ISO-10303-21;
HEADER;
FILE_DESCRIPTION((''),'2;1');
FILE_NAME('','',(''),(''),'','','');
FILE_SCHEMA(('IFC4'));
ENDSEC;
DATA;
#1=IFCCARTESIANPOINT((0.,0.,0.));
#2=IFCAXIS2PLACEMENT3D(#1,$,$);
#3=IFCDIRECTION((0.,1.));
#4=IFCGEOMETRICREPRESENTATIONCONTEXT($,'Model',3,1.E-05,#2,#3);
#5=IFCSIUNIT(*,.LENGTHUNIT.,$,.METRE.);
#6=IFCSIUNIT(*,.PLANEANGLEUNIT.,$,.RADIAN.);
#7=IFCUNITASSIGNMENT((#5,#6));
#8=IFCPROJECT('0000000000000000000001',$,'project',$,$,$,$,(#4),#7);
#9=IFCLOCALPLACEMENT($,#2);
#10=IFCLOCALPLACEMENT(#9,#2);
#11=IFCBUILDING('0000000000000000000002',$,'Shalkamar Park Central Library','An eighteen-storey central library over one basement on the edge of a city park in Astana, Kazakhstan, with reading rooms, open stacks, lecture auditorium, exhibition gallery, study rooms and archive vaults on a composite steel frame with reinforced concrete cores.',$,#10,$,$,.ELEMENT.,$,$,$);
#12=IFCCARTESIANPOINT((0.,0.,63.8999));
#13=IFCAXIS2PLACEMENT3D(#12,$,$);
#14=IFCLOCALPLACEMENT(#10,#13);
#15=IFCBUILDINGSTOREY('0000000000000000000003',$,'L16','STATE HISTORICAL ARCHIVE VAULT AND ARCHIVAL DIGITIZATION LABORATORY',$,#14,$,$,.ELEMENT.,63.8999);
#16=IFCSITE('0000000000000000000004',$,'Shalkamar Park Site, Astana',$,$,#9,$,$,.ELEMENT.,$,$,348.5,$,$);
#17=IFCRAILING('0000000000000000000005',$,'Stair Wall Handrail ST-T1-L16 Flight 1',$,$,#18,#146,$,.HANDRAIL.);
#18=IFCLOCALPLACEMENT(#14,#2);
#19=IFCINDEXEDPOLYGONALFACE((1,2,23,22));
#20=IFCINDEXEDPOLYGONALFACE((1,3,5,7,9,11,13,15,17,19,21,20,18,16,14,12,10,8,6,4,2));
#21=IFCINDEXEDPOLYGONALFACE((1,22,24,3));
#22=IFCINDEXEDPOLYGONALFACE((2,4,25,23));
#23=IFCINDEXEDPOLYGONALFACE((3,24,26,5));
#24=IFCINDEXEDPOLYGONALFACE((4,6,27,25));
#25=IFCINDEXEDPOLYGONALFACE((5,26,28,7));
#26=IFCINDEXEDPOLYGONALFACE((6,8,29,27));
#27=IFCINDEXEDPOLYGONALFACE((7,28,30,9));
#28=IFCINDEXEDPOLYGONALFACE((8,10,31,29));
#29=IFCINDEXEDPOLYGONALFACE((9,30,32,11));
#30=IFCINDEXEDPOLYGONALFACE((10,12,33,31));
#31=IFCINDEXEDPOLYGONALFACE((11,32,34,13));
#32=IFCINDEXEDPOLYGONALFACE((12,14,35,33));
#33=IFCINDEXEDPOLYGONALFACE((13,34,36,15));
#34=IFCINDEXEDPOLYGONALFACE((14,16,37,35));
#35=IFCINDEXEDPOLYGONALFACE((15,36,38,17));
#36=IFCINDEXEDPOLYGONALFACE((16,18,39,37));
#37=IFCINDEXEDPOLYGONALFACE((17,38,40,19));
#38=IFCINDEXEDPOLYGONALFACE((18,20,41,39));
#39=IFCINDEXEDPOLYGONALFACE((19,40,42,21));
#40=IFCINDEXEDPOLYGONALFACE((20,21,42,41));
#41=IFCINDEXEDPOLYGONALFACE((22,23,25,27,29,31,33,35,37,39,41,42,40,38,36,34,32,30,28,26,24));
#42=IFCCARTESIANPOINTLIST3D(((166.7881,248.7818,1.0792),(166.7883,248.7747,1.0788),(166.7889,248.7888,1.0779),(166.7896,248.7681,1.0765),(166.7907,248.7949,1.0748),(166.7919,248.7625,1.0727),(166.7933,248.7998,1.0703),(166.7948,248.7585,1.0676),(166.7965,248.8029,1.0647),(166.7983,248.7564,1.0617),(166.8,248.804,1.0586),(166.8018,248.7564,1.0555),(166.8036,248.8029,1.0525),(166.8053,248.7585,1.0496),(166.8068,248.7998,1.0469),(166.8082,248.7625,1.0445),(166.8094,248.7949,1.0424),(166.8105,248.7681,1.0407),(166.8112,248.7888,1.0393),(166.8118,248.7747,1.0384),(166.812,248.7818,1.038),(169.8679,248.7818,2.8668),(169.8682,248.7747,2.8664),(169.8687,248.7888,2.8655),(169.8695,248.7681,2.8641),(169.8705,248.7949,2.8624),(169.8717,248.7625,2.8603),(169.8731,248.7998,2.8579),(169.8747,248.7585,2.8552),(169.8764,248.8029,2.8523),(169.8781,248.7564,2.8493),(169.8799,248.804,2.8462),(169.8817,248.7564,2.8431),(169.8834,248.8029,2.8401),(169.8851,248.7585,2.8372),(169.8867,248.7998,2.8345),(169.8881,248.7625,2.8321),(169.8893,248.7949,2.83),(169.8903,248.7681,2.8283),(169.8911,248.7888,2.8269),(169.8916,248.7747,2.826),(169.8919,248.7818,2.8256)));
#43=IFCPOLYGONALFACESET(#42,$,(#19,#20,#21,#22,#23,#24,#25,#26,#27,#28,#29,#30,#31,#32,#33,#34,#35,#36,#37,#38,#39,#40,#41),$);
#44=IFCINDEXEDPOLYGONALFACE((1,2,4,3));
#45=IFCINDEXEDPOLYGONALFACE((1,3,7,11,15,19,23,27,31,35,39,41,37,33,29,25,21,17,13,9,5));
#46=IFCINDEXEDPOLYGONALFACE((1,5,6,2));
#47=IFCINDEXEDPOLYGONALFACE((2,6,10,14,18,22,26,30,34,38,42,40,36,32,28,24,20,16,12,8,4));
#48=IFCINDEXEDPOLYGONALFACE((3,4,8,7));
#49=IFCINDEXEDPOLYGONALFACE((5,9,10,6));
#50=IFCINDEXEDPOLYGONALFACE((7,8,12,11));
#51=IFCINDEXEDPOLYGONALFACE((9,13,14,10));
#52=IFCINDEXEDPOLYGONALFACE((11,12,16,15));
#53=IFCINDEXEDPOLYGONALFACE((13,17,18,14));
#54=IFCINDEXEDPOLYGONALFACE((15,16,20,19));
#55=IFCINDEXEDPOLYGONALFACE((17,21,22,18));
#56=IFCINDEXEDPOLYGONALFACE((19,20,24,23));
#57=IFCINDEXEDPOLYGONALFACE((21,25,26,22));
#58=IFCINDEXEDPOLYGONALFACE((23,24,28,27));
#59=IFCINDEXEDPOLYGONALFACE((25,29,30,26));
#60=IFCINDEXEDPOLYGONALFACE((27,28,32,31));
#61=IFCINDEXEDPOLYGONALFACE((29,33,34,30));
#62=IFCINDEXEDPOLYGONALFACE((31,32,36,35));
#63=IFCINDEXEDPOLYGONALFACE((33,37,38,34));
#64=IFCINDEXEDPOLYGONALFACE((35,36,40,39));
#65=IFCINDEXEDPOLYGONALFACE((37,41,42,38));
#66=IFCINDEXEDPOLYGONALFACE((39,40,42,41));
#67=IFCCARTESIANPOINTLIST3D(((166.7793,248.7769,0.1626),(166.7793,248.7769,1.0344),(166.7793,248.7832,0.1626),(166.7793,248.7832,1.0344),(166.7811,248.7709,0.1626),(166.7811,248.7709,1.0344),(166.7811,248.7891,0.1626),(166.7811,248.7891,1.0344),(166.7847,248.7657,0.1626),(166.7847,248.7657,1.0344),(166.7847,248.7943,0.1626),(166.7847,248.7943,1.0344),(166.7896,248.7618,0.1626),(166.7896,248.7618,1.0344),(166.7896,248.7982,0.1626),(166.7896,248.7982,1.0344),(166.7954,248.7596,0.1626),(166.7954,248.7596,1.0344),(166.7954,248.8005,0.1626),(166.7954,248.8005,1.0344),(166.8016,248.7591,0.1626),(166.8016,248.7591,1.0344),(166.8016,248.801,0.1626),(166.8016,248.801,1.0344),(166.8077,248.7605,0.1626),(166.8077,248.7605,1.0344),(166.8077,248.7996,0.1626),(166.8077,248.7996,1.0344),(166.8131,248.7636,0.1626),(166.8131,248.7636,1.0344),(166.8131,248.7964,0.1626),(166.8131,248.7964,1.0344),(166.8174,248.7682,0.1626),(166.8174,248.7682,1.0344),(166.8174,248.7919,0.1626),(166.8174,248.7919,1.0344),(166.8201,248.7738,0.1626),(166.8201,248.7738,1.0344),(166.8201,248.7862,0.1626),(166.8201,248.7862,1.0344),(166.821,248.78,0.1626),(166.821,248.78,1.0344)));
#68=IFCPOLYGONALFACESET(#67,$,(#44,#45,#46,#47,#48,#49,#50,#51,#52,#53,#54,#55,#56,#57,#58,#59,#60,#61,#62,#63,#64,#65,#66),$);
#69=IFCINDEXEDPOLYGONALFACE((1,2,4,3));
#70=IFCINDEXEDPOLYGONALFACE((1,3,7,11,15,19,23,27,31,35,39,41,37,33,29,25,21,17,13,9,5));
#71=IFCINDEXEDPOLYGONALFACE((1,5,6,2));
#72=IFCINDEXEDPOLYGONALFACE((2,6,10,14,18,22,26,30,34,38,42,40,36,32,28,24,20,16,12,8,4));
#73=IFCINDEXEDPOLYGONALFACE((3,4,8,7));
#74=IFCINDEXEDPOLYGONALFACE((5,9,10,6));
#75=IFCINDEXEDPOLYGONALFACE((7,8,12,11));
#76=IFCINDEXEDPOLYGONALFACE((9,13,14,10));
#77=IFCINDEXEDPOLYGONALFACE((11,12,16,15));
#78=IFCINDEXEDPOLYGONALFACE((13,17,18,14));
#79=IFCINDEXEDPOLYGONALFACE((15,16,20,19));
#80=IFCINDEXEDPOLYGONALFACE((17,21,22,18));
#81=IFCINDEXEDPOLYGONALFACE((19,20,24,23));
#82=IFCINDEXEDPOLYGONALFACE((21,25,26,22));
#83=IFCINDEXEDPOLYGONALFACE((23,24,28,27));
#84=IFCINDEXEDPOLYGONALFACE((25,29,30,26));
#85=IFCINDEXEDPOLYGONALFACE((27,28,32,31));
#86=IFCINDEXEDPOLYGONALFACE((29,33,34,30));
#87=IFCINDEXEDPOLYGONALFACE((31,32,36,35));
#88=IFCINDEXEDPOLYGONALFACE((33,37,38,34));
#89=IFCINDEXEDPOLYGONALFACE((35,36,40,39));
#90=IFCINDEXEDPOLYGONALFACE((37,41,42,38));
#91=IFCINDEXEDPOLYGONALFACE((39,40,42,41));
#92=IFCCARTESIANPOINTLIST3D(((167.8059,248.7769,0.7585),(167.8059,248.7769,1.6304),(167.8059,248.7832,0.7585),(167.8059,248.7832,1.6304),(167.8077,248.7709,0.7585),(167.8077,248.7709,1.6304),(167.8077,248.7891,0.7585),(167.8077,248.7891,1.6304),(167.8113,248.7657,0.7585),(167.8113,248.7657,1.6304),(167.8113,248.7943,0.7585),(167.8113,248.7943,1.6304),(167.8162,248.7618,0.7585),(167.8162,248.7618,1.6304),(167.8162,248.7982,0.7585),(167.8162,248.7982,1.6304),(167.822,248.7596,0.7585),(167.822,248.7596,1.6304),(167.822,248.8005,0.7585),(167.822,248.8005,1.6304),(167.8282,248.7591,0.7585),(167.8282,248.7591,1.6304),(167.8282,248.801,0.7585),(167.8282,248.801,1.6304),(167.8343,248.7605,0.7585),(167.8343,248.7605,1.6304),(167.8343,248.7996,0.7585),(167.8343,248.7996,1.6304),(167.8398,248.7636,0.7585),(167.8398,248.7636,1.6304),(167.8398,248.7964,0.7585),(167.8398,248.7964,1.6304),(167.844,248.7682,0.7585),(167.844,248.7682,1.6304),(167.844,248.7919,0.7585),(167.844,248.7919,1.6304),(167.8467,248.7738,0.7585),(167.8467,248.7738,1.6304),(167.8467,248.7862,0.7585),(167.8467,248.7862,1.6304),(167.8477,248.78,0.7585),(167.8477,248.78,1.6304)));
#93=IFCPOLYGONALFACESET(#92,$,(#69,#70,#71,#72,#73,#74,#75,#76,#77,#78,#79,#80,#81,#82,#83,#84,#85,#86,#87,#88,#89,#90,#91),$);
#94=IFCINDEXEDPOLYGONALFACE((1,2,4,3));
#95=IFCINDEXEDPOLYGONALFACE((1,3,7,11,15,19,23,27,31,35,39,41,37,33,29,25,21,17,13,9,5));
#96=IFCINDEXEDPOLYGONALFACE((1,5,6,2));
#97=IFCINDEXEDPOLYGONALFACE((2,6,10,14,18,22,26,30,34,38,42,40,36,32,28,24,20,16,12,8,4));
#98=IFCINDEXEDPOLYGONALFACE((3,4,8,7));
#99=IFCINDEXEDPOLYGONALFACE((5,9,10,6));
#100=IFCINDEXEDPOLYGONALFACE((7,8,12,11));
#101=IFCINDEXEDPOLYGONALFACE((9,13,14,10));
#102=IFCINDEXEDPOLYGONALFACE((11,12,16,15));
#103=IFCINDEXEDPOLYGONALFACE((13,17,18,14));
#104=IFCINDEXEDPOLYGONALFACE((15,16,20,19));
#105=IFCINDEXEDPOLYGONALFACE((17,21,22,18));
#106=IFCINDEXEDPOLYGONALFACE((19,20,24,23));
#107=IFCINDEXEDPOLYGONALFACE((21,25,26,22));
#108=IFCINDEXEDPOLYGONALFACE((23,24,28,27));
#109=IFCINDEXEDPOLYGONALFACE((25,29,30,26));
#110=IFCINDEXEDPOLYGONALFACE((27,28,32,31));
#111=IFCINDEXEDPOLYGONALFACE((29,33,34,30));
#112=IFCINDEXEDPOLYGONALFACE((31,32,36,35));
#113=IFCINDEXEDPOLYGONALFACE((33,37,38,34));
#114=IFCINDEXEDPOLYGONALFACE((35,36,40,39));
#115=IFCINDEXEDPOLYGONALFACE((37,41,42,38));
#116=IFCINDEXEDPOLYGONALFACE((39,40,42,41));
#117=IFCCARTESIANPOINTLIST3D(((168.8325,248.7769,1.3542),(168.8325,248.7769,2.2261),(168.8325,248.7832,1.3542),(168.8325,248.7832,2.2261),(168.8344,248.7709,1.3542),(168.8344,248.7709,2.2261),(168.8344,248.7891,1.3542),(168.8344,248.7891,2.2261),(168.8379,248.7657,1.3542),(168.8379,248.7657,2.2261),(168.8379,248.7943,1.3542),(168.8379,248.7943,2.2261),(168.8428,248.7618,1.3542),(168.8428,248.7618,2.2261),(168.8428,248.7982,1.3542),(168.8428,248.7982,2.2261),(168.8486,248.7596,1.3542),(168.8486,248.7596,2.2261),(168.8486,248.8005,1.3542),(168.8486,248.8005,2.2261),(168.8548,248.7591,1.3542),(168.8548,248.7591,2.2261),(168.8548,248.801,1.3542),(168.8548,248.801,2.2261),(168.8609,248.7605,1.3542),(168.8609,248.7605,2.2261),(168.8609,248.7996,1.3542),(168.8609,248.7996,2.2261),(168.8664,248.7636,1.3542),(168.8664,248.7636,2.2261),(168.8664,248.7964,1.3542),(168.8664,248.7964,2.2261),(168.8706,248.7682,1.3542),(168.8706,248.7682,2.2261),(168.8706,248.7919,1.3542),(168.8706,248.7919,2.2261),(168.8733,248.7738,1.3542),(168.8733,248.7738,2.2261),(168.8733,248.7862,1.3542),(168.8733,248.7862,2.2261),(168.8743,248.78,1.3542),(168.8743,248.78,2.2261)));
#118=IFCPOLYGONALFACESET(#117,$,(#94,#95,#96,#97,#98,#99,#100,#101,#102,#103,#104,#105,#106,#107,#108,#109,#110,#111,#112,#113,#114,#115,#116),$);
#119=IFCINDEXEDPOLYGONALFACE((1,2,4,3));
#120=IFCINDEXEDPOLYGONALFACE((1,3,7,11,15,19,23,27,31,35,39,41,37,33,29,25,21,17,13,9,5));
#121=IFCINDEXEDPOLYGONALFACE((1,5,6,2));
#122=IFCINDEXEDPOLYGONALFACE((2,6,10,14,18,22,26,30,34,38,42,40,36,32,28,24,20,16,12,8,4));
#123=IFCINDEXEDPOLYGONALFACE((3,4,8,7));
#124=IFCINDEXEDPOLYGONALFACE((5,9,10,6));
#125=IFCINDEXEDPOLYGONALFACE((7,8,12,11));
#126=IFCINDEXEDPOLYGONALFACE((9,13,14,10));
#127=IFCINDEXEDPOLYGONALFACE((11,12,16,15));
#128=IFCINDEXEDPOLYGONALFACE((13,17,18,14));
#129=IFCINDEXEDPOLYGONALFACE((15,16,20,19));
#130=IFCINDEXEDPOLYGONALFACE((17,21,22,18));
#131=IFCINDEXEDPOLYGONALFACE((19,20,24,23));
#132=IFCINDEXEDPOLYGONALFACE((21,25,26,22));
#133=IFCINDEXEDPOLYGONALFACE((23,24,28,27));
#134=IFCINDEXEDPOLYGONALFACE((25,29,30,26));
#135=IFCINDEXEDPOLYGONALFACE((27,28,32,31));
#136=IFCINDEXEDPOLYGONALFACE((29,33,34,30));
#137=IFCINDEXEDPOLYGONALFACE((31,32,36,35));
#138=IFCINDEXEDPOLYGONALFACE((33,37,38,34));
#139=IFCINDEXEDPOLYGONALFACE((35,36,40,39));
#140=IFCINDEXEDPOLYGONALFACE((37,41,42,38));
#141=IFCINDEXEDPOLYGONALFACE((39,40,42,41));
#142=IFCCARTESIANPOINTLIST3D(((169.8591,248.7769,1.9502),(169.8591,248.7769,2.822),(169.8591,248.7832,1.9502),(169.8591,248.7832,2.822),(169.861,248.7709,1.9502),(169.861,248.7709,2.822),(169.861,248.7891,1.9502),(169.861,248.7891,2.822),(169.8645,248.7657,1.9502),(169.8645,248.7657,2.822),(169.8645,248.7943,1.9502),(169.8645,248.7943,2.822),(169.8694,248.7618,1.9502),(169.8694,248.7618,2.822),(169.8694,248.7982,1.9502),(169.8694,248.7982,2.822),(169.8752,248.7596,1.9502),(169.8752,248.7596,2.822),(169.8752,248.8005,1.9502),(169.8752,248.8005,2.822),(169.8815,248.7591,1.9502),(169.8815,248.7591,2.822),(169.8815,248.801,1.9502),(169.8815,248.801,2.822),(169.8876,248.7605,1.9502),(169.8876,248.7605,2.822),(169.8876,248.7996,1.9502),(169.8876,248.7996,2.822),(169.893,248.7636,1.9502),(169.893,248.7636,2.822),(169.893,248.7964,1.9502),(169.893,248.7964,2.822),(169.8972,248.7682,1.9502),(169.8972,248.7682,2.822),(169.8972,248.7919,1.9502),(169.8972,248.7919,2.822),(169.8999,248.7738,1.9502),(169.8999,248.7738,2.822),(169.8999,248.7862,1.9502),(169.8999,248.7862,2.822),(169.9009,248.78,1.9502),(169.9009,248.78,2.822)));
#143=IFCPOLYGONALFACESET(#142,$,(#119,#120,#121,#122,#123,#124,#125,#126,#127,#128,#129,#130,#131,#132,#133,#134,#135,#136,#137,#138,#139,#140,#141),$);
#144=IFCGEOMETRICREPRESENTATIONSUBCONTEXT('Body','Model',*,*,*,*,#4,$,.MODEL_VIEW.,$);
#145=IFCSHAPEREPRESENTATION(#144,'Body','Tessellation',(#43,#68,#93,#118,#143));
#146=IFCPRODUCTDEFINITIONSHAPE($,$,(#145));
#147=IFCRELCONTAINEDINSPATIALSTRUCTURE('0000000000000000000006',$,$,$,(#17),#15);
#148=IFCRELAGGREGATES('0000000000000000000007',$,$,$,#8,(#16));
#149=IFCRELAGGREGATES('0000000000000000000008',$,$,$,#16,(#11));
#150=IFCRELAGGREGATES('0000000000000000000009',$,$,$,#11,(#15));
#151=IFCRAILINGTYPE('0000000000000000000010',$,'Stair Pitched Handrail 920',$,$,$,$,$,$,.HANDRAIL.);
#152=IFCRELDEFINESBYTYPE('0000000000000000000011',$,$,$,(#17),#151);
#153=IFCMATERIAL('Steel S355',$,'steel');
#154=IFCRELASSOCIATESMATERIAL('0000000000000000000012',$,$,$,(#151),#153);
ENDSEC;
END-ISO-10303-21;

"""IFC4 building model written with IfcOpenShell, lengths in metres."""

from ifc_helpers import new_model, si_unit, direction, frame, origin, origin_2d, place, context, subcontext, project, spatial, circle, extrude, material, type_object, element, save


model = new_model("IFC4")

# Units and contexts
model_context = context("Model", 3, precision=1e-05, world=origin(), true_north=direction((0.0, 1.0)))
body_context = subcontext(model_context, "Body", "Model", "MODEL_VIEW")
ifc_project = project(units=[si_unit("LENGTHUNIT", "METRE"), si_unit("PLANEANGLEUNIT", "RADIAN")], contexts=[model_context])

# Site, building, storey
site_placement = place(None, origin())
site = spatial("IfcSite", under=ifc_project, at=site_placement, Name="Shalkamar Park Site, Astana", CompositionType="ELEMENT", RefElevation=348.5)
building_placement = place(site_placement, origin())
building = spatial("IfcBuilding", under=site, at=building_placement, Name="Shalkamar Park Central Library", Description="An eighteen-storey central library over one basement on the edge of a city park in Astana, Kazakhstan, with reading rooms, open stacks, lecture auditorium, exhibition gallery, study rooms and archive vaults on a composite steel frame with reinforced concrete cores.", CompositionType="ELEMENT")
storey_placement = place(building_placement, frame((0.0, 0.0, 63.8999)))
storey = spatial("IfcBuildingStorey", under=building, at=storey_placement, Name="L16", Description="STATE HISTORICAL ARCHIVE VAULT AND ARCHIVAL DIGITIZATION LABORATORY", CompositionType="ELEMENT", Elevation=63.8999)

# Shared definitions
ifc_material_1 = material(Name="Steel S355", Category="steel")

# Railing
railing_type_1 = type_object("IfcRailingType", Name="Stair Pitched Handrail 920", PredefinedType="HANDRAIL", material=ifc_material_1)
railing_1_placement = place(storey_placement, frame((166.8, 248.78, 0.1626)))
element("IfcRailing", 1, at=railing_1_placement, inside=storey, type_object=railing_type_1, Name="Stair Wall Handrail ST-T1-L16 Flight 1", PredefinedType="HANDRAIL", context=body_context, shape_type="SweptSolid", body=[
    extrude(circle(Radius=0.0239, at=origin_2d()), frame((0.0, 0.0, 0.896), z_axis=(0.864873, 0.0, 0.50199), x_axis=(0.0, 1.0, 0.0)), (0.0, 0.0, 1.0), 3.561),
    extrude(circle(Radius=0.021, at=origin_2d()), origin(), (0.0, 0.0, 1.0), 0.8718),
    extrude(circle(Radius=0.021, at=origin_2d()), frame((1.0266, 0.0, 0.5959)), (0.0, 0.0, 1.0), 0.8718),
    extrude(circle(Radius=0.021, at=origin_2d()), frame((2.0532, 0.0, 1.1917)), (0.0, 0.0, 1.0), 0.8718),
    extrude(circle(Radius=0.021, at=origin_2d()), frame((3.0798, 0.0, 1.7876)), (0.0, 0.0, 1.0), 0.8718),
])

save(model, "model.ifc")
